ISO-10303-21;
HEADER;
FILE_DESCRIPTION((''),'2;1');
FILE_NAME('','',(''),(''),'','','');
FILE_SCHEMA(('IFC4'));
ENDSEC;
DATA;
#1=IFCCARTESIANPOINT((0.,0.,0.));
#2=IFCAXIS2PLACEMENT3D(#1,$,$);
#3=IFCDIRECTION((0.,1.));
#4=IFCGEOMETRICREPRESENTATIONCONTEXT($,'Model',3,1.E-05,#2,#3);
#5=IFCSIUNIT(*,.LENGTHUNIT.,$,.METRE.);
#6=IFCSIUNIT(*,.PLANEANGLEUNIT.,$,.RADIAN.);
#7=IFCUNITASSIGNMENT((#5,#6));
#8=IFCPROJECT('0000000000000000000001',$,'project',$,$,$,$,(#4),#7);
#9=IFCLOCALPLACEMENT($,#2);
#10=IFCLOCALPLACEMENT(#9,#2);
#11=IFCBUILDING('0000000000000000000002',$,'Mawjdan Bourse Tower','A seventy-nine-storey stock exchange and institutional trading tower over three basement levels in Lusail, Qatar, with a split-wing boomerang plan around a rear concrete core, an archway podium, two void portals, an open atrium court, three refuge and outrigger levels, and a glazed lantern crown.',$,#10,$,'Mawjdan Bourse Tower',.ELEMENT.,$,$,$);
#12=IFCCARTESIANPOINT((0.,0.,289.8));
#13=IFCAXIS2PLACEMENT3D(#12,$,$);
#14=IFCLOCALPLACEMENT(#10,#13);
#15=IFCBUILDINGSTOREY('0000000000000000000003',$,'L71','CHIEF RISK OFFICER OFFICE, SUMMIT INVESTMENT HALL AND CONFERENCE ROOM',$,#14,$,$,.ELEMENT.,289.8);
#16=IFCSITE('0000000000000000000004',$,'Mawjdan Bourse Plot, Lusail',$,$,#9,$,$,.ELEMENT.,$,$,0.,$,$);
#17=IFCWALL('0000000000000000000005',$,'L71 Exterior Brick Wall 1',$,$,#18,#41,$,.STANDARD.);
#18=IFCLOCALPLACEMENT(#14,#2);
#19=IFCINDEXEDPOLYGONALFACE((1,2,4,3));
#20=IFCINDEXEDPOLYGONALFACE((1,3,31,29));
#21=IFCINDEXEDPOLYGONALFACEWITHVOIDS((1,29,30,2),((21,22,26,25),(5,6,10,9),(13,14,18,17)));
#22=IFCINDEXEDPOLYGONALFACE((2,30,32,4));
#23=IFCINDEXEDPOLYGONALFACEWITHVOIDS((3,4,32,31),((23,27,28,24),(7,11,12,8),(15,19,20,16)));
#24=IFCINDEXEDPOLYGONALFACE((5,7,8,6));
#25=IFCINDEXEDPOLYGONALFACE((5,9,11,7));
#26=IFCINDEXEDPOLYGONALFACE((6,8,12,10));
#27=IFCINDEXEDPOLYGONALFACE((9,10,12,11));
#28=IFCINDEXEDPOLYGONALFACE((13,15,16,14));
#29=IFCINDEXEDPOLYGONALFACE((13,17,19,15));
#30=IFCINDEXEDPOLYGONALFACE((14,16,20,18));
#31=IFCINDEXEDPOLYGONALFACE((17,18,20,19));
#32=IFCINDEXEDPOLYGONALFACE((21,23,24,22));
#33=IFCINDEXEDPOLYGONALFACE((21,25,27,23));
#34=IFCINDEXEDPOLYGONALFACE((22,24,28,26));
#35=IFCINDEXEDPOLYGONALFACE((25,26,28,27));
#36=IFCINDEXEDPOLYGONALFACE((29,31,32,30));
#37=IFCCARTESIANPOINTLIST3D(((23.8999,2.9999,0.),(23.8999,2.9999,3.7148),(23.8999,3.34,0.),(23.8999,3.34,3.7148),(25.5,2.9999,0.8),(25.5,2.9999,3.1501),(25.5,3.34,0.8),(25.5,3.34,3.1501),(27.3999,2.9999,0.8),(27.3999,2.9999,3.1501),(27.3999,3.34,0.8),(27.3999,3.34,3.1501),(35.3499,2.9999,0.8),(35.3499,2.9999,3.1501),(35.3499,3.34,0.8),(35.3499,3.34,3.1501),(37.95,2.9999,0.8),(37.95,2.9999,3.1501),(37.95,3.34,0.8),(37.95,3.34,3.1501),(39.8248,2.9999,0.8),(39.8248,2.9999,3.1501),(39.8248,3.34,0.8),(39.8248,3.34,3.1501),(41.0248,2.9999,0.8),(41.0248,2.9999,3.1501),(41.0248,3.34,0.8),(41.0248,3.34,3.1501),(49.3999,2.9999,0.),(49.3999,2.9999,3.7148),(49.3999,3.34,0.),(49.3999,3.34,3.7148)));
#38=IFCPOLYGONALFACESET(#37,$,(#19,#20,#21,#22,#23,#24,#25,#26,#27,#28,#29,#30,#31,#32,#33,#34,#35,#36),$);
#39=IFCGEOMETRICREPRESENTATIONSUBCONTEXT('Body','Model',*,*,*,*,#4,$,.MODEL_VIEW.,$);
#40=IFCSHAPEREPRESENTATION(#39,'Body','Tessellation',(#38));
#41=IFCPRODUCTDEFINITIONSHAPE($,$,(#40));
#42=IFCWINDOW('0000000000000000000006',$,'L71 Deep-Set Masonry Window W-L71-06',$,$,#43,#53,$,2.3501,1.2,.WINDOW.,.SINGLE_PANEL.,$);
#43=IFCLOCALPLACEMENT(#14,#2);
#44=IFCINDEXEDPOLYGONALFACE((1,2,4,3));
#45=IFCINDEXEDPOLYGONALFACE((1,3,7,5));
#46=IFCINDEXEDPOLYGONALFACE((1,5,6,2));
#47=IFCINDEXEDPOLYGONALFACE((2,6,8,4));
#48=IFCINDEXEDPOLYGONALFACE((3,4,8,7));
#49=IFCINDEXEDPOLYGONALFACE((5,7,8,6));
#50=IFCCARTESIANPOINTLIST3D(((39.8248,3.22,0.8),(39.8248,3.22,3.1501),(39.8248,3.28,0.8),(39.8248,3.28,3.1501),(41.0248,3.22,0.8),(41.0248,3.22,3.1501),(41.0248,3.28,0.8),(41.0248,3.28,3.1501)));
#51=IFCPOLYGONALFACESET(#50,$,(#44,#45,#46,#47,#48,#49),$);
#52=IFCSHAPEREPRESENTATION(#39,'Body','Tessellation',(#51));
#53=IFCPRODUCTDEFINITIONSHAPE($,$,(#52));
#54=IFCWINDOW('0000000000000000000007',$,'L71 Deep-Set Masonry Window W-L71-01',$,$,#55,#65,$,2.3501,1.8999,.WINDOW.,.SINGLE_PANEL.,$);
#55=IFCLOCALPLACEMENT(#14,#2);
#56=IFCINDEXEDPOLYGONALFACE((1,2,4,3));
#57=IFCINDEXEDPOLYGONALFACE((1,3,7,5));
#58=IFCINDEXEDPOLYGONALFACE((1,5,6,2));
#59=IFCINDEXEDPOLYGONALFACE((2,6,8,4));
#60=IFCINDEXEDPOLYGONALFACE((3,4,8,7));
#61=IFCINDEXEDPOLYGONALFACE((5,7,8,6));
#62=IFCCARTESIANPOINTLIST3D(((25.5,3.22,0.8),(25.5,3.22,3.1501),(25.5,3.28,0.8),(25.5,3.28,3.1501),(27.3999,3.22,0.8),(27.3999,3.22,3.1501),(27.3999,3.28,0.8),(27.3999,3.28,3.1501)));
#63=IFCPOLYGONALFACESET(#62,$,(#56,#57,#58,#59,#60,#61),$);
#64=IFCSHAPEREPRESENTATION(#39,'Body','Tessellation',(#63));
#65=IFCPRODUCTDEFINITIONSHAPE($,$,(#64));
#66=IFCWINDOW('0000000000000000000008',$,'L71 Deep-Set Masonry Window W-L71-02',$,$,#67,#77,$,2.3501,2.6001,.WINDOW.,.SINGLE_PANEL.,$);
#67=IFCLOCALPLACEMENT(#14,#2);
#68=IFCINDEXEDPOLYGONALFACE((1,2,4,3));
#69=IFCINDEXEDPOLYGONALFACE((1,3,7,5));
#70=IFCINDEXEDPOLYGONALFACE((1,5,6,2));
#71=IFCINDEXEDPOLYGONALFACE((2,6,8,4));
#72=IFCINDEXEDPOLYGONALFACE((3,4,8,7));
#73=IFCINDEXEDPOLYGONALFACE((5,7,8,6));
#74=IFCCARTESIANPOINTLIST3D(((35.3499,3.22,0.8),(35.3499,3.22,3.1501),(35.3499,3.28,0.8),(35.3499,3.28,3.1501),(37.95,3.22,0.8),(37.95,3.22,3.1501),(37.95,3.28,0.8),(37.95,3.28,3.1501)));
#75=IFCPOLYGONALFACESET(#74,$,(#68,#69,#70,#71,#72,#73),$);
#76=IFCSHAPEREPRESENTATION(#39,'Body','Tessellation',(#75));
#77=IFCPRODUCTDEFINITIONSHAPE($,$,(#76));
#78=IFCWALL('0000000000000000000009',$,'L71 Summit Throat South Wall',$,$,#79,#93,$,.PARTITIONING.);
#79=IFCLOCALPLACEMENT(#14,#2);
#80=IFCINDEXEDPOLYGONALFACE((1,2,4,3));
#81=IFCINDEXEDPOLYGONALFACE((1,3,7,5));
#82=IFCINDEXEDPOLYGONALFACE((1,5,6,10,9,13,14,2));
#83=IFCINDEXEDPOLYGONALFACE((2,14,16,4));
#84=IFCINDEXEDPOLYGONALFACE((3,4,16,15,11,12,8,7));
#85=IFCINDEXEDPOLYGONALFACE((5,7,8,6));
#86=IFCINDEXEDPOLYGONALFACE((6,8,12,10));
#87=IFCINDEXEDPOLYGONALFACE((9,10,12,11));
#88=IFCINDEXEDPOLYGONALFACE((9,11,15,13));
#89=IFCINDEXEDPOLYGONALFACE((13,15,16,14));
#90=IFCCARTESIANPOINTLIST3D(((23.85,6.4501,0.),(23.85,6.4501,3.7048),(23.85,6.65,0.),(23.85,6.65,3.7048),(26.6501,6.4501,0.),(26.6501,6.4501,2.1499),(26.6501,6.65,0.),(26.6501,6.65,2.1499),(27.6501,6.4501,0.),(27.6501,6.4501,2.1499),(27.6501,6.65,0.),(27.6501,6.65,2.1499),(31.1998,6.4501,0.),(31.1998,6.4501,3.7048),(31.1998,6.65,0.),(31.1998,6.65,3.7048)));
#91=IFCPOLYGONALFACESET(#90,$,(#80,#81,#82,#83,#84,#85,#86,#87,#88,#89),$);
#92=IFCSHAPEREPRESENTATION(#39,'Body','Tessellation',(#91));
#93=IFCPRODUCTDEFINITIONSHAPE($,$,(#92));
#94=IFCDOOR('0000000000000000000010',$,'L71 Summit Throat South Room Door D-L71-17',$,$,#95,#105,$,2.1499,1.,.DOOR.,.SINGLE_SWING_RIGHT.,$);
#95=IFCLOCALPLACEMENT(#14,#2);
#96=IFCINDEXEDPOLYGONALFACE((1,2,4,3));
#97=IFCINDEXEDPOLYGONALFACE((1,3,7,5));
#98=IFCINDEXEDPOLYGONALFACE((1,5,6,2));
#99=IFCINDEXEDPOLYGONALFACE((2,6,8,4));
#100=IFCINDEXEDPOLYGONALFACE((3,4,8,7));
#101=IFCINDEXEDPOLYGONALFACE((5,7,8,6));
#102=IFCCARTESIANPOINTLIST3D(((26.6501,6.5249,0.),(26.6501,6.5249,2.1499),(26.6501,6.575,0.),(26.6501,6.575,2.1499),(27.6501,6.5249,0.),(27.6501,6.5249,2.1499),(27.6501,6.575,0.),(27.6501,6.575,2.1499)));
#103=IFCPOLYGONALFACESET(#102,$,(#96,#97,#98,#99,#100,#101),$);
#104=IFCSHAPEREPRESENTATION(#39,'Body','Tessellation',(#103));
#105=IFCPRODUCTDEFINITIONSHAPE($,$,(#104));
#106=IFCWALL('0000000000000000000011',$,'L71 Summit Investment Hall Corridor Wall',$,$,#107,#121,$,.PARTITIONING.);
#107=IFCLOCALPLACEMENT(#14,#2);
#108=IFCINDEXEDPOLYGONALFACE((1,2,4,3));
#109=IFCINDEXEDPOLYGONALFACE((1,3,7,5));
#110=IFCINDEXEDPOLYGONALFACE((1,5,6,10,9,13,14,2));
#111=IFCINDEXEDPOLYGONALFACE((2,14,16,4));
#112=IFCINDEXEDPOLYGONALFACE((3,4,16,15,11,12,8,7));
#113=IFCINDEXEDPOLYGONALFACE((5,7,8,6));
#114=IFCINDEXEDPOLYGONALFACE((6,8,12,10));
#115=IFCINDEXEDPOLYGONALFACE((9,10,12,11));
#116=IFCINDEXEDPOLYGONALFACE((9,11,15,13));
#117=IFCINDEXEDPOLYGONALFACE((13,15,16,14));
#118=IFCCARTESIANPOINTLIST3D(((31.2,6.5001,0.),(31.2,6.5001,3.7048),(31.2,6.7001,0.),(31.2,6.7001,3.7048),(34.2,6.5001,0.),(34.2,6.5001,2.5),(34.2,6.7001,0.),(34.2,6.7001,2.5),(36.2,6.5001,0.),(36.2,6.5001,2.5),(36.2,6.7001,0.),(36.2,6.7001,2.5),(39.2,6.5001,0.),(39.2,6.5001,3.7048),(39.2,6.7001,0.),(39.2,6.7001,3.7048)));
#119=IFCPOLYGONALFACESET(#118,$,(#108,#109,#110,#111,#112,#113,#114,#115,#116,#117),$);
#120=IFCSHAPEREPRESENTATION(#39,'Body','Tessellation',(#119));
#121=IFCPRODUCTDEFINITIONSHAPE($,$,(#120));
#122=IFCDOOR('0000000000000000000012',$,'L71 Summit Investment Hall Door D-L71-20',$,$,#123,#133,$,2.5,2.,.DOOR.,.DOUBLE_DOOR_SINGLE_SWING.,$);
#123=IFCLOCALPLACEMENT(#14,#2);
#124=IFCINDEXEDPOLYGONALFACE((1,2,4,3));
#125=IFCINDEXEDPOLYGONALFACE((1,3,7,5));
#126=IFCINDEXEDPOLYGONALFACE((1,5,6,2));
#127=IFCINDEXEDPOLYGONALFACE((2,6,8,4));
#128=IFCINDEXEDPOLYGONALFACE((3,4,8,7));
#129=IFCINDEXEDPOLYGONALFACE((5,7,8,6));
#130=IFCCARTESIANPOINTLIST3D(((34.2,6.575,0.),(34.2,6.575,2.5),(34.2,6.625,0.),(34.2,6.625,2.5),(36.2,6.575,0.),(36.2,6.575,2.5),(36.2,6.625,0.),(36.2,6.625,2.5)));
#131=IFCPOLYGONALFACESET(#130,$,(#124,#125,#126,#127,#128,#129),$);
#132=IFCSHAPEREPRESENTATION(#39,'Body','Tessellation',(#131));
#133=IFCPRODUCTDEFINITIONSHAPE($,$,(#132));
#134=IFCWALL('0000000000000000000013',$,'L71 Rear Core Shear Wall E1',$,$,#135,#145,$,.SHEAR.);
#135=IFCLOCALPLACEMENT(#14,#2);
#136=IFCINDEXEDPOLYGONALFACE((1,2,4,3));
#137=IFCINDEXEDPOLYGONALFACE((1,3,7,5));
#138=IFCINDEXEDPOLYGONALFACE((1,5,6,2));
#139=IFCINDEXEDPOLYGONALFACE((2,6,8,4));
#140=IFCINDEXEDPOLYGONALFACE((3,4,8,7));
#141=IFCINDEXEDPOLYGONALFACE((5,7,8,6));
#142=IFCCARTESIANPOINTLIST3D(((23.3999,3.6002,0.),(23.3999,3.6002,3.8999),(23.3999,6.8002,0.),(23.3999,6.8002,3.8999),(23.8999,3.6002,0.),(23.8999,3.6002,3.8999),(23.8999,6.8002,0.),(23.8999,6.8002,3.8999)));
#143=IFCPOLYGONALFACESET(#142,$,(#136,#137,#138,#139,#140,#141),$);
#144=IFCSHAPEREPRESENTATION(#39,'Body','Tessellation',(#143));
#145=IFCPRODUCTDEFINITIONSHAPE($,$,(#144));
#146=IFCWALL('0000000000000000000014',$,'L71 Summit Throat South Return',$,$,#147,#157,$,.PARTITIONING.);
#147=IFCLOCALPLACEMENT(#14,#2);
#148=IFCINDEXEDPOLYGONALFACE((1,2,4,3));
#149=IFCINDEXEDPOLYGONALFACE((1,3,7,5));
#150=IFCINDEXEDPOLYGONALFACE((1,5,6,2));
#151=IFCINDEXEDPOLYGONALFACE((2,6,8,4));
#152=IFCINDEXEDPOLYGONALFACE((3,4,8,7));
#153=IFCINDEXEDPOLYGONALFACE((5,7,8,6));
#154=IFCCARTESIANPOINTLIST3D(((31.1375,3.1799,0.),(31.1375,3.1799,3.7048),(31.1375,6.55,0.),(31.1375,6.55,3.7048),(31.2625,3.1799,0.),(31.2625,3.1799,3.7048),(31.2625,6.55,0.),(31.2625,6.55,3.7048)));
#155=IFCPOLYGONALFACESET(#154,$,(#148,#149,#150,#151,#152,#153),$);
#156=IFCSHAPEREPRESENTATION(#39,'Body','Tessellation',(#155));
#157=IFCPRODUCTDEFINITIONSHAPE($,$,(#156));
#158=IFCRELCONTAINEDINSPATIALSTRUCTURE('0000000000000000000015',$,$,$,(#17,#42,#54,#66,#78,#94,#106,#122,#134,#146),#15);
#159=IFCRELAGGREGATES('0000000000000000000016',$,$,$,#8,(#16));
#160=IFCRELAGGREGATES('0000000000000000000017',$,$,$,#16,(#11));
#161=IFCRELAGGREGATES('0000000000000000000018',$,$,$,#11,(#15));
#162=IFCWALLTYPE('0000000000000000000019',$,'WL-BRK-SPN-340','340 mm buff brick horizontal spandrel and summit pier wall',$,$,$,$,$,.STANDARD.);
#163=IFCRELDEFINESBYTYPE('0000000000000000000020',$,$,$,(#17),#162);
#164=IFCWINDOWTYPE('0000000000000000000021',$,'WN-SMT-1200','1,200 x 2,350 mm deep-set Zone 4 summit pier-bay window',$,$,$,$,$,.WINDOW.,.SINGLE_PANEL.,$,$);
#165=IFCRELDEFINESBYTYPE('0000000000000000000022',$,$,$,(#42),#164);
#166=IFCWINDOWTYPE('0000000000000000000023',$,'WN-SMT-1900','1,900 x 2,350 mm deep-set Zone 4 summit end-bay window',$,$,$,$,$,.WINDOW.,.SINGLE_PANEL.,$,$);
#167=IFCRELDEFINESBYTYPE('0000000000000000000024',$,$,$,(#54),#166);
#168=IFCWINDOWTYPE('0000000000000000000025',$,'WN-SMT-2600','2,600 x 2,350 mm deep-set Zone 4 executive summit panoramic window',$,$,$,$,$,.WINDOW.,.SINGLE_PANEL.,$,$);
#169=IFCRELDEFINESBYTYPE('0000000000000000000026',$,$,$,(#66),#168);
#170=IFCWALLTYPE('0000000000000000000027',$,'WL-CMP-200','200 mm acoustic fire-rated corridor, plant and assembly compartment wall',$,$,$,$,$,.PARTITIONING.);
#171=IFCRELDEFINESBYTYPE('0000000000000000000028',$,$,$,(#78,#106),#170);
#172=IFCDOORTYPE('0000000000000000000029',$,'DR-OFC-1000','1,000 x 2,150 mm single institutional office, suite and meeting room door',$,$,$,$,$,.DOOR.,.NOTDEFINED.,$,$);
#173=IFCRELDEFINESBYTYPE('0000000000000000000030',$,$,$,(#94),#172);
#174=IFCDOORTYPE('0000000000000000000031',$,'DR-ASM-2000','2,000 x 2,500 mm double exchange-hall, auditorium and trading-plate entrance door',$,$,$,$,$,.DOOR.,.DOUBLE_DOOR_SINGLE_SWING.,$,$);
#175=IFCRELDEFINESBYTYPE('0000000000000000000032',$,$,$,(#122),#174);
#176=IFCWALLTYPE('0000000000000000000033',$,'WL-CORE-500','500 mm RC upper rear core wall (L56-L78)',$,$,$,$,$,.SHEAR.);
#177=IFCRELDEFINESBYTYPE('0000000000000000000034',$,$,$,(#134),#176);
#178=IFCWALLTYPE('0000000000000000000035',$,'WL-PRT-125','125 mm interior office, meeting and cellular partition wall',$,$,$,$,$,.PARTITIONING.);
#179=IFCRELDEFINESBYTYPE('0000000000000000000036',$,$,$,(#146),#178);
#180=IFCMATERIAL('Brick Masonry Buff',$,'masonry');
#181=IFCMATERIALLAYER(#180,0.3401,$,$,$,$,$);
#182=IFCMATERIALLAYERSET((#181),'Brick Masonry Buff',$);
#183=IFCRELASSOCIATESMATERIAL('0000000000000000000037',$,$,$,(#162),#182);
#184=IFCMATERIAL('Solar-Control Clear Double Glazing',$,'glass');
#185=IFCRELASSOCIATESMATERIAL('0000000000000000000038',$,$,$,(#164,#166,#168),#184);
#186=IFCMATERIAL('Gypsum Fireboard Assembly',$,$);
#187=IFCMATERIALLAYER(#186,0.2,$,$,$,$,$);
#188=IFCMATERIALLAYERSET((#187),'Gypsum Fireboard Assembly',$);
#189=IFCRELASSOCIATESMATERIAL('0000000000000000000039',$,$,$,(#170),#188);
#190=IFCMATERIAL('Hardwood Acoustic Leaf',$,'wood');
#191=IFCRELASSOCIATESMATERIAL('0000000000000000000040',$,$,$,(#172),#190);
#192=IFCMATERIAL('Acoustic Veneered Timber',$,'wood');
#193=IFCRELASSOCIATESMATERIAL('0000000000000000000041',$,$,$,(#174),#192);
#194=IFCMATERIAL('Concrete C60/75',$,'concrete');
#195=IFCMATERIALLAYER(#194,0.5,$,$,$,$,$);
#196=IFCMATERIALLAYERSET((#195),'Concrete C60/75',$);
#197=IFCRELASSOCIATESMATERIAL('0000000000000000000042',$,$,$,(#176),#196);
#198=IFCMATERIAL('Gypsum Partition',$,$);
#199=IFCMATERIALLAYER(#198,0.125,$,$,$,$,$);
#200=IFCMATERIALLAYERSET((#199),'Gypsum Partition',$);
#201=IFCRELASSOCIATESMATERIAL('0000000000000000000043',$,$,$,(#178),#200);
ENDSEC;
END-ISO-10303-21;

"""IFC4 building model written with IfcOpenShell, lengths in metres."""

from ifc_helpers import new_model, si_unit, direction, frame, frame_2d, origin, place, context, subcontext, project, spatial, rectangle, extrude, material, layer, layer_set, type_object, element, fill, save


model = new_model("IFC4")

# Units and contexts
model_context = context("Model", 3, precision=1e-05, world=origin(), true_north=direction((0.0, 1.0)))
body_context = subcontext(model_context, "Body", "Model", "MODEL_VIEW")
ifc_project = project(units=[si_unit("LENGTHUNIT", "METRE"), si_unit("PLANEANGLEUNIT", "RADIAN")], contexts=[model_context])

# Site, building, storey
site_placement = place(None, origin())
site = spatial("IfcSite", under=ifc_project, at=site_placement, Name="Mawjdan Bourse Plot, Lusail", CompositionType="ELEMENT", RefElevation=0.0)
building_placement = place(site_placement, origin())
building = spatial("IfcBuilding", under=site, at=building_placement, Name="Mawjdan Bourse Tower", Description="A seventy-nine-storey stock exchange and institutional trading tower over three basement levels in Lusail, Qatar, with a split-wing boomerang plan around a rear concrete core, an archway podium, two void portals, an open atrium court, three refuge and outrigger levels, and a glazed lantern crown.", LongName="Mawjdan Bourse Tower", CompositionType="ELEMENT")
storey_placement = place(building_placement, frame((0.0, 0.0, 289.8)))
storey = spatial("IfcBuildingStorey", under=building, at=storey_placement, Name="L71", Description="CHIEF RISK OFFICER OFFICE, SUMMIT INVESTMENT HALL AND CONFERENCE ROOM", CompositionType="ELEMENT", Elevation=289.8)

# Shared definitions
ifc_material_1 = material(Name="Concrete C60/75", Category="concrete")

# Wall, openings, windows
ifc_material_2 = material(Name="Brick Masonry Buff", Category="masonry")
ifc_layer_1 = layer(ifc_material_2, 0.3401)
ifc_layer_set_1 = layer_set([ifc_layer_1], Name="Brick Masonry Buff")
wall_type_1 = type_object("IfcWallType", Name="WL-BRK-SPN-340", Description="340 mm buff brick horizontal spandrel and summit pier wall", PredefinedType="STANDARD", material=ifc_layer_set_1)
wall_1_placement = place(storey_placement, frame((23.8999, 3.1699, 0.0), z_axis=(0.0, 0.0, 1.0), x_axis=(1.0, 0.0, 0.0)))
wall_1 = element("IfcWall", 1, at=wall_1_placement, inside=storey, type_object=wall_type_1, Name="L71 Exterior Brick Wall 1", PredefinedType="STANDARD", context=body_context, shape_type="SweptSolid", body=[
    extrude(rectangle(XDim=25.5, YDim=0.3401, at=frame_2d((12.75, 0.0))), origin(), (0.0, 0.0, 1.0), 3.7148),
])
opening_1_placement = place(wall_1_placement, frame((1.6001, 0.0, 0.8)))
opening_1 = element("IfcOpeningElement", 2, at=opening_1_placement, cuts=wall_1, PredefinedType="OPENING", context=body_context, shape_type="SweptSolid", body=[
    extrude(rectangle(XDim=1.8999, YDim=2.3501, at=frame_2d((0.95, 1.175))), frame((0.0, 0.1802, 0.0), z_axis=(0.0, -1.0, 0.0), x_axis=(1.0, 0.0, 0.0)), (0.0, 0.0, 1.0), 0.3601),
])
opening_2_placement = place(wall_1_placement, frame((11.45, 0.0, 0.8)))
opening_2 = element("IfcOpeningElement", 3, at=opening_2_placement, cuts=wall_1, PredefinedType="OPENING", context=body_context, shape_type="SweptSolid", body=[
    extrude(rectangle(XDim=2.6001, YDim=2.3501, at=frame_2d((1.3, 1.175))), frame((0.0, 0.1802, 0.0), z_axis=(0.0, -1.0, 0.0), x_axis=(1.0, 0.0, 0.0)), (0.0, 0.0, 1.0), 0.3601),
])
opening_3_placement = place(wall_1_placement, frame((15.9248, 0.0, 0.8)))
opening_3 = element("IfcOpeningElement", 4, at=opening_3_placement, cuts=wall_1, PredefinedType="OPENING", context=body_context, shape_type="SweptSolid", body=[
    extrude(rectangle(XDim=1.2, YDim=2.3501, at=frame_2d((0.6001, 1.175))), frame((0.0, 0.1802, 0.0), z_axis=(0.0, -1.0, 0.0), x_axis=(1.0, 0.0, 0.0)), (0.0, 0.0, 1.0), 0.3601),
])
ifc_material_3 = material(Name="Solar-Control Clear Double Glazing", Category="glass")
window_type_1 = type_object("IfcWindowType", Name="WN-SMT-1200", Description="1,200 x 2,350 mm deep-set Zone 4 summit pier-bay window", PartitioningType="SINGLE_PANEL", PredefinedType="WINDOW", material=ifc_material_3)
window_1_placement = place(opening_3_placement, origin())
window_1 = element("IfcWindow", 5, at=window_1_placement, inside=storey, type_object=window_type_1, Name="L71 Deep-Set Masonry Window W-L71-06", OverallHeight=2.3501, OverallWidth=1.2, PartitioningType="SINGLE_PANEL", PredefinedType="WINDOW", context=body_context, shape_type="SweptSolid", body=[
    extrude(rectangle(XDim=1.2, YDim=2.3501, at=frame_2d((0.6001, 1.175))), frame((0.0, 0.1101, 0.0), z_axis=(0.0, -1.0, 0.0), x_axis=(1.0, 0.0, 0.0)), (0.0, 0.0, 1.0), 0.0601),
])
fill(opening_3, window_1)
window_type_2 = type_object("IfcWindowType", Name="WN-SMT-1900", Description="1,900 x 2,350 mm deep-set Zone 4 summit end-bay window", PartitioningType="SINGLE_PANEL", PredefinedType="WINDOW", material=ifc_material_3)
window_2_placement = place(opening_1_placement, origin())
window_2 = element("IfcWindow", 6, at=window_2_placement, inside=storey, type_object=window_type_2, Name="L71 Deep-Set Masonry Window W-L71-01", OverallHeight=2.3501, OverallWidth=1.8999, PartitioningType="SINGLE_PANEL", PredefinedType="WINDOW", context=body_context, shape_type="SweptSolid", body=[
    extrude(rectangle(XDim=1.8999, YDim=2.3501, at=frame_2d((0.95, 1.175))), frame((0.0, 0.1101, 0.0), z_axis=(0.0, -1.0, 0.0), x_axis=(1.0, 0.0, 0.0)), (0.0, 0.0, 1.0), 0.0601),
])
fill(opening_1, window_2)
window_type_3 = type_object("IfcWindowType", Name="WN-SMT-2600", Description="2,600 x 2,350 mm deep-set Zone 4 executive summit panoramic window", PartitioningType="SINGLE_PANEL", PredefinedType="WINDOW", material=ifc_material_3)
window_3_placement = place(opening_2_placement, origin())
window_3 = element("IfcWindow", 7, at=window_3_placement, inside=storey, type_object=window_type_3, Name="L71 Deep-Set Masonry Window W-L71-02", OverallHeight=2.3501, OverallWidth=2.6001, PartitioningType="SINGLE_PANEL", PredefinedType="WINDOW", context=body_context, shape_type="SweptSolid", body=[
    extrude(rectangle(XDim=2.6001, YDim=2.3501, at=frame_2d((1.3, 1.175))), frame((0.0, 0.1101, 0.0), z_axis=(0.0, -1.0, 0.0), x_axis=(1.0, 0.0, 0.0)), (0.0, 0.0, 1.0), 0.0601),
])
fill(opening_2, window_3)

# Walls, openings, doors
ifc_material_4 = material(Name="Gypsum Fireboard Assembly")
ifc_layer_2 = layer(ifc_material_4, 0.2)
ifc_layer_set_2 = layer_set([ifc_layer_2], Name="Gypsum Fireboard Assembly")
wall_type_2 = type_object("IfcWallType", Name="WL-CMP-200", Description="200 mm acoustic fire-rated corridor, plant and assembly compartment wall", PredefinedType="PARTITIONING", material=ifc_layer_set_2)
wall_2_placement = place(storey_placement, frame((23.8501, 6.55, 0.0), z_axis=(0.0, 0.0, 1.0), x_axis=(1.0, 0.0, 0.0)))
wall_2 = element("IfcWall", 8, at=wall_2_placement, inside=storey, type_object=wall_type_2, Name="L71 Summit Throat South Wall", PredefinedType="PARTITIONING", context=body_context, shape_type="SweptSolid", body=[
    extrude(rectangle(XDim=7.3499, YDim=0.2, at=frame_2d((3.6748, 0.0))), origin(), (0.0, 0.0, 1.0), 3.7048),
])
opening_4_placement = place(wall_2_placement, frame((2.8, 0.0, 0.0)))
opening_4 = element("IfcOpeningElement", 9, at=opening_4_placement, cuts=wall_2, PredefinedType="OPENING", context=body_context, shape_type="SweptSolid", body=[
    extrude(rectangle(XDim=1.0, YDim=2.1499, at=frame_2d((0.5, 1.075))), frame((0.0, 0.1099, 0.0), z_axis=(0.0, -1.0, 0.0), x_axis=(1.0, 0.0, 0.0)), (0.0, 0.0, 1.0), 0.22),
])
ifc_material_5 = material(Name="Hardwood Acoustic Leaf", Category="wood")
door_type_1 = type_object("IfcDoorType", Name="DR-OFC-1000", Description="1,000 x 2,150 mm single institutional office, suite and meeting room door", OperationType="NOTDEFINED", PredefinedType="DOOR", material=ifc_material_5)
door_1_placement = place(opening_4_placement, origin())
door_1 = element("IfcDoor", 10, at=door_1_placement, inside=storey, type_object=door_type_1, Name="L71 Summit Throat South Room Door D-L71-17", OperationType="SINGLE_SWING_RIGHT", OverallHeight=2.1499, OverallWidth=1.0, PredefinedType="DOOR", context=body_context, shape_type="SweptSolid", body=[
    extrude(rectangle(XDim=1.0, YDim=2.1499, at=frame_2d((0.5, 1.075))), frame((0.0, 0.0249, 0.0), z_axis=(0.0, -1.0, 0.0), x_axis=(1.0, 0.0, 0.0)), (0.0, 0.0, 1.0), 0.05),
])
fill(opening_4, door_1)
wall_3_placement = place(storey_placement, frame((31.2, 6.6001, 0.0), z_axis=(0.0, 0.0, 1.0), x_axis=(1.0, 0.0, 0.0)))
wall_3 = element("IfcWall", 11, at=wall_3_placement, inside=storey, type_object=wall_type_2, Name="L71 Summit Investment Hall Corridor Wall", PredefinedType="PARTITIONING", context=body_context, shape_type="SweptSolid", body=[
    extrude(rectangle(XDim=8.0, YDim=0.2, at=frame_2d((4.0, 0.0))), origin(), (0.0, 0.0, 1.0), 3.7048),
])
opening_5_placement = place(wall_3_placement, frame((3.0, 0.0, 0.0)))
opening_5 = element("IfcOpeningElement", 12, at=opening_5_placement, cuts=wall_3, PredefinedType="OPENING", context=body_context, shape_type="SweptSolid", body=[
    extrude(rectangle(XDim=2.0, YDim=2.5, at=frame_2d((1.0, 1.25))), frame((0.0, 0.1099, 0.0), z_axis=(0.0, -1.0, 0.0), x_axis=(1.0, 0.0, 0.0)), (0.0, 0.0, 1.0), 0.22),
])
ifc_material_6 = material(Name="Acoustic Veneered Timber", Category="wood")
door_type_2 = type_object("IfcDoorType", Name="DR-ASM-2000", Description="2,000 x 2,500 mm double exchange-hall, auditorium and trading-plate entrance door", OperationType="DOUBLE_DOOR_SINGLE_SWING", PredefinedType="DOOR", material=ifc_material_6)
door_2_placement = place(opening_5_placement, origin())
door_2 = element("IfcDoor", 13, at=door_2_placement, inside=storey, type_object=door_type_2, Name="L71 Summit Investment Hall Door D-L71-20", OperationType="DOUBLE_DOOR_SINGLE_SWING", OverallHeight=2.5, OverallWidth=2.0, PredefinedType="DOOR", context=body_context, shape_type="SweptSolid", body=[
    extrude(rectangle(XDim=2.0, YDim=2.5, at=frame_2d((1.0, 1.25))), frame((0.0, 0.0249, 0.0), z_axis=(0.0, -1.0, 0.0), x_axis=(1.0, 0.0, 0.0)), (0.0, 0.0, 1.0), 0.05),
])
fill(opening_5, door_2)

# Walls
ifc_layer_3 = layer(ifc_material_1, 0.5)
ifc_layer_set_3 = layer_set([ifc_layer_3], Name="Concrete C60/75")
wall_type_3 = type_object("IfcWallType", Name="WL-CORE-500", Description="500 mm RC upper rear core wall (L56-L78)", PredefinedType="SHEAR", material=ifc_layer_set_3)
wall_4_placement = place(storey_placement, frame((23.6499, 3.6001, 0.0), z_axis=(0.0, 0.0, 1.0), x_axis=(0.0, 1.0, 0.0)))
element("IfcWall", 14, at=wall_4_placement, inside=storey, type_object=wall_type_3, Name="L71 Rear Core Shear Wall E1", PredefinedType="SHEAR", context=body_context, shape_type="SweptSolid", body=[
    extrude(rectangle(XDim=3.2, YDim=0.5, at=frame_2d((1.6001, 0.0))), origin(), (0.0, 0.0, 1.0), 3.8999),
])
ifc_material_7 = material(Name="Gypsum Partition")
ifc_layer_4 = layer(ifc_material_7, 0.125)
ifc_layer_set_4 = layer_set([ifc_layer_4], Name="Gypsum Partition")
wall_type_4 = type_object("IfcWallType", Name="WL-PRT-125", Description="125 mm interior office, meeting and cellular partition wall", PredefinedType="PARTITIONING", material=ifc_layer_set_4)
wall_5_placement = place(storey_placement, frame((31.2, 3.1799, 0.0), z_axis=(0.0, 0.0, 1.0), x_axis=(0.0, 1.0, 0.0)))
element("IfcWall", 15, at=wall_5_placement, inside=storey, type_object=wall_type_4, Name="L71 Summit Throat South Return", PredefinedType="PARTITIONING", context=body_context, shape_type="SweptSolid", body=[
    extrude(rectangle(XDim=3.3701, YDim=0.125, at=frame_2d((1.6851, 0.0))), origin(), (0.0, 0.0, 1.0), 3.7048),
])

save(model, "model.ifc")
